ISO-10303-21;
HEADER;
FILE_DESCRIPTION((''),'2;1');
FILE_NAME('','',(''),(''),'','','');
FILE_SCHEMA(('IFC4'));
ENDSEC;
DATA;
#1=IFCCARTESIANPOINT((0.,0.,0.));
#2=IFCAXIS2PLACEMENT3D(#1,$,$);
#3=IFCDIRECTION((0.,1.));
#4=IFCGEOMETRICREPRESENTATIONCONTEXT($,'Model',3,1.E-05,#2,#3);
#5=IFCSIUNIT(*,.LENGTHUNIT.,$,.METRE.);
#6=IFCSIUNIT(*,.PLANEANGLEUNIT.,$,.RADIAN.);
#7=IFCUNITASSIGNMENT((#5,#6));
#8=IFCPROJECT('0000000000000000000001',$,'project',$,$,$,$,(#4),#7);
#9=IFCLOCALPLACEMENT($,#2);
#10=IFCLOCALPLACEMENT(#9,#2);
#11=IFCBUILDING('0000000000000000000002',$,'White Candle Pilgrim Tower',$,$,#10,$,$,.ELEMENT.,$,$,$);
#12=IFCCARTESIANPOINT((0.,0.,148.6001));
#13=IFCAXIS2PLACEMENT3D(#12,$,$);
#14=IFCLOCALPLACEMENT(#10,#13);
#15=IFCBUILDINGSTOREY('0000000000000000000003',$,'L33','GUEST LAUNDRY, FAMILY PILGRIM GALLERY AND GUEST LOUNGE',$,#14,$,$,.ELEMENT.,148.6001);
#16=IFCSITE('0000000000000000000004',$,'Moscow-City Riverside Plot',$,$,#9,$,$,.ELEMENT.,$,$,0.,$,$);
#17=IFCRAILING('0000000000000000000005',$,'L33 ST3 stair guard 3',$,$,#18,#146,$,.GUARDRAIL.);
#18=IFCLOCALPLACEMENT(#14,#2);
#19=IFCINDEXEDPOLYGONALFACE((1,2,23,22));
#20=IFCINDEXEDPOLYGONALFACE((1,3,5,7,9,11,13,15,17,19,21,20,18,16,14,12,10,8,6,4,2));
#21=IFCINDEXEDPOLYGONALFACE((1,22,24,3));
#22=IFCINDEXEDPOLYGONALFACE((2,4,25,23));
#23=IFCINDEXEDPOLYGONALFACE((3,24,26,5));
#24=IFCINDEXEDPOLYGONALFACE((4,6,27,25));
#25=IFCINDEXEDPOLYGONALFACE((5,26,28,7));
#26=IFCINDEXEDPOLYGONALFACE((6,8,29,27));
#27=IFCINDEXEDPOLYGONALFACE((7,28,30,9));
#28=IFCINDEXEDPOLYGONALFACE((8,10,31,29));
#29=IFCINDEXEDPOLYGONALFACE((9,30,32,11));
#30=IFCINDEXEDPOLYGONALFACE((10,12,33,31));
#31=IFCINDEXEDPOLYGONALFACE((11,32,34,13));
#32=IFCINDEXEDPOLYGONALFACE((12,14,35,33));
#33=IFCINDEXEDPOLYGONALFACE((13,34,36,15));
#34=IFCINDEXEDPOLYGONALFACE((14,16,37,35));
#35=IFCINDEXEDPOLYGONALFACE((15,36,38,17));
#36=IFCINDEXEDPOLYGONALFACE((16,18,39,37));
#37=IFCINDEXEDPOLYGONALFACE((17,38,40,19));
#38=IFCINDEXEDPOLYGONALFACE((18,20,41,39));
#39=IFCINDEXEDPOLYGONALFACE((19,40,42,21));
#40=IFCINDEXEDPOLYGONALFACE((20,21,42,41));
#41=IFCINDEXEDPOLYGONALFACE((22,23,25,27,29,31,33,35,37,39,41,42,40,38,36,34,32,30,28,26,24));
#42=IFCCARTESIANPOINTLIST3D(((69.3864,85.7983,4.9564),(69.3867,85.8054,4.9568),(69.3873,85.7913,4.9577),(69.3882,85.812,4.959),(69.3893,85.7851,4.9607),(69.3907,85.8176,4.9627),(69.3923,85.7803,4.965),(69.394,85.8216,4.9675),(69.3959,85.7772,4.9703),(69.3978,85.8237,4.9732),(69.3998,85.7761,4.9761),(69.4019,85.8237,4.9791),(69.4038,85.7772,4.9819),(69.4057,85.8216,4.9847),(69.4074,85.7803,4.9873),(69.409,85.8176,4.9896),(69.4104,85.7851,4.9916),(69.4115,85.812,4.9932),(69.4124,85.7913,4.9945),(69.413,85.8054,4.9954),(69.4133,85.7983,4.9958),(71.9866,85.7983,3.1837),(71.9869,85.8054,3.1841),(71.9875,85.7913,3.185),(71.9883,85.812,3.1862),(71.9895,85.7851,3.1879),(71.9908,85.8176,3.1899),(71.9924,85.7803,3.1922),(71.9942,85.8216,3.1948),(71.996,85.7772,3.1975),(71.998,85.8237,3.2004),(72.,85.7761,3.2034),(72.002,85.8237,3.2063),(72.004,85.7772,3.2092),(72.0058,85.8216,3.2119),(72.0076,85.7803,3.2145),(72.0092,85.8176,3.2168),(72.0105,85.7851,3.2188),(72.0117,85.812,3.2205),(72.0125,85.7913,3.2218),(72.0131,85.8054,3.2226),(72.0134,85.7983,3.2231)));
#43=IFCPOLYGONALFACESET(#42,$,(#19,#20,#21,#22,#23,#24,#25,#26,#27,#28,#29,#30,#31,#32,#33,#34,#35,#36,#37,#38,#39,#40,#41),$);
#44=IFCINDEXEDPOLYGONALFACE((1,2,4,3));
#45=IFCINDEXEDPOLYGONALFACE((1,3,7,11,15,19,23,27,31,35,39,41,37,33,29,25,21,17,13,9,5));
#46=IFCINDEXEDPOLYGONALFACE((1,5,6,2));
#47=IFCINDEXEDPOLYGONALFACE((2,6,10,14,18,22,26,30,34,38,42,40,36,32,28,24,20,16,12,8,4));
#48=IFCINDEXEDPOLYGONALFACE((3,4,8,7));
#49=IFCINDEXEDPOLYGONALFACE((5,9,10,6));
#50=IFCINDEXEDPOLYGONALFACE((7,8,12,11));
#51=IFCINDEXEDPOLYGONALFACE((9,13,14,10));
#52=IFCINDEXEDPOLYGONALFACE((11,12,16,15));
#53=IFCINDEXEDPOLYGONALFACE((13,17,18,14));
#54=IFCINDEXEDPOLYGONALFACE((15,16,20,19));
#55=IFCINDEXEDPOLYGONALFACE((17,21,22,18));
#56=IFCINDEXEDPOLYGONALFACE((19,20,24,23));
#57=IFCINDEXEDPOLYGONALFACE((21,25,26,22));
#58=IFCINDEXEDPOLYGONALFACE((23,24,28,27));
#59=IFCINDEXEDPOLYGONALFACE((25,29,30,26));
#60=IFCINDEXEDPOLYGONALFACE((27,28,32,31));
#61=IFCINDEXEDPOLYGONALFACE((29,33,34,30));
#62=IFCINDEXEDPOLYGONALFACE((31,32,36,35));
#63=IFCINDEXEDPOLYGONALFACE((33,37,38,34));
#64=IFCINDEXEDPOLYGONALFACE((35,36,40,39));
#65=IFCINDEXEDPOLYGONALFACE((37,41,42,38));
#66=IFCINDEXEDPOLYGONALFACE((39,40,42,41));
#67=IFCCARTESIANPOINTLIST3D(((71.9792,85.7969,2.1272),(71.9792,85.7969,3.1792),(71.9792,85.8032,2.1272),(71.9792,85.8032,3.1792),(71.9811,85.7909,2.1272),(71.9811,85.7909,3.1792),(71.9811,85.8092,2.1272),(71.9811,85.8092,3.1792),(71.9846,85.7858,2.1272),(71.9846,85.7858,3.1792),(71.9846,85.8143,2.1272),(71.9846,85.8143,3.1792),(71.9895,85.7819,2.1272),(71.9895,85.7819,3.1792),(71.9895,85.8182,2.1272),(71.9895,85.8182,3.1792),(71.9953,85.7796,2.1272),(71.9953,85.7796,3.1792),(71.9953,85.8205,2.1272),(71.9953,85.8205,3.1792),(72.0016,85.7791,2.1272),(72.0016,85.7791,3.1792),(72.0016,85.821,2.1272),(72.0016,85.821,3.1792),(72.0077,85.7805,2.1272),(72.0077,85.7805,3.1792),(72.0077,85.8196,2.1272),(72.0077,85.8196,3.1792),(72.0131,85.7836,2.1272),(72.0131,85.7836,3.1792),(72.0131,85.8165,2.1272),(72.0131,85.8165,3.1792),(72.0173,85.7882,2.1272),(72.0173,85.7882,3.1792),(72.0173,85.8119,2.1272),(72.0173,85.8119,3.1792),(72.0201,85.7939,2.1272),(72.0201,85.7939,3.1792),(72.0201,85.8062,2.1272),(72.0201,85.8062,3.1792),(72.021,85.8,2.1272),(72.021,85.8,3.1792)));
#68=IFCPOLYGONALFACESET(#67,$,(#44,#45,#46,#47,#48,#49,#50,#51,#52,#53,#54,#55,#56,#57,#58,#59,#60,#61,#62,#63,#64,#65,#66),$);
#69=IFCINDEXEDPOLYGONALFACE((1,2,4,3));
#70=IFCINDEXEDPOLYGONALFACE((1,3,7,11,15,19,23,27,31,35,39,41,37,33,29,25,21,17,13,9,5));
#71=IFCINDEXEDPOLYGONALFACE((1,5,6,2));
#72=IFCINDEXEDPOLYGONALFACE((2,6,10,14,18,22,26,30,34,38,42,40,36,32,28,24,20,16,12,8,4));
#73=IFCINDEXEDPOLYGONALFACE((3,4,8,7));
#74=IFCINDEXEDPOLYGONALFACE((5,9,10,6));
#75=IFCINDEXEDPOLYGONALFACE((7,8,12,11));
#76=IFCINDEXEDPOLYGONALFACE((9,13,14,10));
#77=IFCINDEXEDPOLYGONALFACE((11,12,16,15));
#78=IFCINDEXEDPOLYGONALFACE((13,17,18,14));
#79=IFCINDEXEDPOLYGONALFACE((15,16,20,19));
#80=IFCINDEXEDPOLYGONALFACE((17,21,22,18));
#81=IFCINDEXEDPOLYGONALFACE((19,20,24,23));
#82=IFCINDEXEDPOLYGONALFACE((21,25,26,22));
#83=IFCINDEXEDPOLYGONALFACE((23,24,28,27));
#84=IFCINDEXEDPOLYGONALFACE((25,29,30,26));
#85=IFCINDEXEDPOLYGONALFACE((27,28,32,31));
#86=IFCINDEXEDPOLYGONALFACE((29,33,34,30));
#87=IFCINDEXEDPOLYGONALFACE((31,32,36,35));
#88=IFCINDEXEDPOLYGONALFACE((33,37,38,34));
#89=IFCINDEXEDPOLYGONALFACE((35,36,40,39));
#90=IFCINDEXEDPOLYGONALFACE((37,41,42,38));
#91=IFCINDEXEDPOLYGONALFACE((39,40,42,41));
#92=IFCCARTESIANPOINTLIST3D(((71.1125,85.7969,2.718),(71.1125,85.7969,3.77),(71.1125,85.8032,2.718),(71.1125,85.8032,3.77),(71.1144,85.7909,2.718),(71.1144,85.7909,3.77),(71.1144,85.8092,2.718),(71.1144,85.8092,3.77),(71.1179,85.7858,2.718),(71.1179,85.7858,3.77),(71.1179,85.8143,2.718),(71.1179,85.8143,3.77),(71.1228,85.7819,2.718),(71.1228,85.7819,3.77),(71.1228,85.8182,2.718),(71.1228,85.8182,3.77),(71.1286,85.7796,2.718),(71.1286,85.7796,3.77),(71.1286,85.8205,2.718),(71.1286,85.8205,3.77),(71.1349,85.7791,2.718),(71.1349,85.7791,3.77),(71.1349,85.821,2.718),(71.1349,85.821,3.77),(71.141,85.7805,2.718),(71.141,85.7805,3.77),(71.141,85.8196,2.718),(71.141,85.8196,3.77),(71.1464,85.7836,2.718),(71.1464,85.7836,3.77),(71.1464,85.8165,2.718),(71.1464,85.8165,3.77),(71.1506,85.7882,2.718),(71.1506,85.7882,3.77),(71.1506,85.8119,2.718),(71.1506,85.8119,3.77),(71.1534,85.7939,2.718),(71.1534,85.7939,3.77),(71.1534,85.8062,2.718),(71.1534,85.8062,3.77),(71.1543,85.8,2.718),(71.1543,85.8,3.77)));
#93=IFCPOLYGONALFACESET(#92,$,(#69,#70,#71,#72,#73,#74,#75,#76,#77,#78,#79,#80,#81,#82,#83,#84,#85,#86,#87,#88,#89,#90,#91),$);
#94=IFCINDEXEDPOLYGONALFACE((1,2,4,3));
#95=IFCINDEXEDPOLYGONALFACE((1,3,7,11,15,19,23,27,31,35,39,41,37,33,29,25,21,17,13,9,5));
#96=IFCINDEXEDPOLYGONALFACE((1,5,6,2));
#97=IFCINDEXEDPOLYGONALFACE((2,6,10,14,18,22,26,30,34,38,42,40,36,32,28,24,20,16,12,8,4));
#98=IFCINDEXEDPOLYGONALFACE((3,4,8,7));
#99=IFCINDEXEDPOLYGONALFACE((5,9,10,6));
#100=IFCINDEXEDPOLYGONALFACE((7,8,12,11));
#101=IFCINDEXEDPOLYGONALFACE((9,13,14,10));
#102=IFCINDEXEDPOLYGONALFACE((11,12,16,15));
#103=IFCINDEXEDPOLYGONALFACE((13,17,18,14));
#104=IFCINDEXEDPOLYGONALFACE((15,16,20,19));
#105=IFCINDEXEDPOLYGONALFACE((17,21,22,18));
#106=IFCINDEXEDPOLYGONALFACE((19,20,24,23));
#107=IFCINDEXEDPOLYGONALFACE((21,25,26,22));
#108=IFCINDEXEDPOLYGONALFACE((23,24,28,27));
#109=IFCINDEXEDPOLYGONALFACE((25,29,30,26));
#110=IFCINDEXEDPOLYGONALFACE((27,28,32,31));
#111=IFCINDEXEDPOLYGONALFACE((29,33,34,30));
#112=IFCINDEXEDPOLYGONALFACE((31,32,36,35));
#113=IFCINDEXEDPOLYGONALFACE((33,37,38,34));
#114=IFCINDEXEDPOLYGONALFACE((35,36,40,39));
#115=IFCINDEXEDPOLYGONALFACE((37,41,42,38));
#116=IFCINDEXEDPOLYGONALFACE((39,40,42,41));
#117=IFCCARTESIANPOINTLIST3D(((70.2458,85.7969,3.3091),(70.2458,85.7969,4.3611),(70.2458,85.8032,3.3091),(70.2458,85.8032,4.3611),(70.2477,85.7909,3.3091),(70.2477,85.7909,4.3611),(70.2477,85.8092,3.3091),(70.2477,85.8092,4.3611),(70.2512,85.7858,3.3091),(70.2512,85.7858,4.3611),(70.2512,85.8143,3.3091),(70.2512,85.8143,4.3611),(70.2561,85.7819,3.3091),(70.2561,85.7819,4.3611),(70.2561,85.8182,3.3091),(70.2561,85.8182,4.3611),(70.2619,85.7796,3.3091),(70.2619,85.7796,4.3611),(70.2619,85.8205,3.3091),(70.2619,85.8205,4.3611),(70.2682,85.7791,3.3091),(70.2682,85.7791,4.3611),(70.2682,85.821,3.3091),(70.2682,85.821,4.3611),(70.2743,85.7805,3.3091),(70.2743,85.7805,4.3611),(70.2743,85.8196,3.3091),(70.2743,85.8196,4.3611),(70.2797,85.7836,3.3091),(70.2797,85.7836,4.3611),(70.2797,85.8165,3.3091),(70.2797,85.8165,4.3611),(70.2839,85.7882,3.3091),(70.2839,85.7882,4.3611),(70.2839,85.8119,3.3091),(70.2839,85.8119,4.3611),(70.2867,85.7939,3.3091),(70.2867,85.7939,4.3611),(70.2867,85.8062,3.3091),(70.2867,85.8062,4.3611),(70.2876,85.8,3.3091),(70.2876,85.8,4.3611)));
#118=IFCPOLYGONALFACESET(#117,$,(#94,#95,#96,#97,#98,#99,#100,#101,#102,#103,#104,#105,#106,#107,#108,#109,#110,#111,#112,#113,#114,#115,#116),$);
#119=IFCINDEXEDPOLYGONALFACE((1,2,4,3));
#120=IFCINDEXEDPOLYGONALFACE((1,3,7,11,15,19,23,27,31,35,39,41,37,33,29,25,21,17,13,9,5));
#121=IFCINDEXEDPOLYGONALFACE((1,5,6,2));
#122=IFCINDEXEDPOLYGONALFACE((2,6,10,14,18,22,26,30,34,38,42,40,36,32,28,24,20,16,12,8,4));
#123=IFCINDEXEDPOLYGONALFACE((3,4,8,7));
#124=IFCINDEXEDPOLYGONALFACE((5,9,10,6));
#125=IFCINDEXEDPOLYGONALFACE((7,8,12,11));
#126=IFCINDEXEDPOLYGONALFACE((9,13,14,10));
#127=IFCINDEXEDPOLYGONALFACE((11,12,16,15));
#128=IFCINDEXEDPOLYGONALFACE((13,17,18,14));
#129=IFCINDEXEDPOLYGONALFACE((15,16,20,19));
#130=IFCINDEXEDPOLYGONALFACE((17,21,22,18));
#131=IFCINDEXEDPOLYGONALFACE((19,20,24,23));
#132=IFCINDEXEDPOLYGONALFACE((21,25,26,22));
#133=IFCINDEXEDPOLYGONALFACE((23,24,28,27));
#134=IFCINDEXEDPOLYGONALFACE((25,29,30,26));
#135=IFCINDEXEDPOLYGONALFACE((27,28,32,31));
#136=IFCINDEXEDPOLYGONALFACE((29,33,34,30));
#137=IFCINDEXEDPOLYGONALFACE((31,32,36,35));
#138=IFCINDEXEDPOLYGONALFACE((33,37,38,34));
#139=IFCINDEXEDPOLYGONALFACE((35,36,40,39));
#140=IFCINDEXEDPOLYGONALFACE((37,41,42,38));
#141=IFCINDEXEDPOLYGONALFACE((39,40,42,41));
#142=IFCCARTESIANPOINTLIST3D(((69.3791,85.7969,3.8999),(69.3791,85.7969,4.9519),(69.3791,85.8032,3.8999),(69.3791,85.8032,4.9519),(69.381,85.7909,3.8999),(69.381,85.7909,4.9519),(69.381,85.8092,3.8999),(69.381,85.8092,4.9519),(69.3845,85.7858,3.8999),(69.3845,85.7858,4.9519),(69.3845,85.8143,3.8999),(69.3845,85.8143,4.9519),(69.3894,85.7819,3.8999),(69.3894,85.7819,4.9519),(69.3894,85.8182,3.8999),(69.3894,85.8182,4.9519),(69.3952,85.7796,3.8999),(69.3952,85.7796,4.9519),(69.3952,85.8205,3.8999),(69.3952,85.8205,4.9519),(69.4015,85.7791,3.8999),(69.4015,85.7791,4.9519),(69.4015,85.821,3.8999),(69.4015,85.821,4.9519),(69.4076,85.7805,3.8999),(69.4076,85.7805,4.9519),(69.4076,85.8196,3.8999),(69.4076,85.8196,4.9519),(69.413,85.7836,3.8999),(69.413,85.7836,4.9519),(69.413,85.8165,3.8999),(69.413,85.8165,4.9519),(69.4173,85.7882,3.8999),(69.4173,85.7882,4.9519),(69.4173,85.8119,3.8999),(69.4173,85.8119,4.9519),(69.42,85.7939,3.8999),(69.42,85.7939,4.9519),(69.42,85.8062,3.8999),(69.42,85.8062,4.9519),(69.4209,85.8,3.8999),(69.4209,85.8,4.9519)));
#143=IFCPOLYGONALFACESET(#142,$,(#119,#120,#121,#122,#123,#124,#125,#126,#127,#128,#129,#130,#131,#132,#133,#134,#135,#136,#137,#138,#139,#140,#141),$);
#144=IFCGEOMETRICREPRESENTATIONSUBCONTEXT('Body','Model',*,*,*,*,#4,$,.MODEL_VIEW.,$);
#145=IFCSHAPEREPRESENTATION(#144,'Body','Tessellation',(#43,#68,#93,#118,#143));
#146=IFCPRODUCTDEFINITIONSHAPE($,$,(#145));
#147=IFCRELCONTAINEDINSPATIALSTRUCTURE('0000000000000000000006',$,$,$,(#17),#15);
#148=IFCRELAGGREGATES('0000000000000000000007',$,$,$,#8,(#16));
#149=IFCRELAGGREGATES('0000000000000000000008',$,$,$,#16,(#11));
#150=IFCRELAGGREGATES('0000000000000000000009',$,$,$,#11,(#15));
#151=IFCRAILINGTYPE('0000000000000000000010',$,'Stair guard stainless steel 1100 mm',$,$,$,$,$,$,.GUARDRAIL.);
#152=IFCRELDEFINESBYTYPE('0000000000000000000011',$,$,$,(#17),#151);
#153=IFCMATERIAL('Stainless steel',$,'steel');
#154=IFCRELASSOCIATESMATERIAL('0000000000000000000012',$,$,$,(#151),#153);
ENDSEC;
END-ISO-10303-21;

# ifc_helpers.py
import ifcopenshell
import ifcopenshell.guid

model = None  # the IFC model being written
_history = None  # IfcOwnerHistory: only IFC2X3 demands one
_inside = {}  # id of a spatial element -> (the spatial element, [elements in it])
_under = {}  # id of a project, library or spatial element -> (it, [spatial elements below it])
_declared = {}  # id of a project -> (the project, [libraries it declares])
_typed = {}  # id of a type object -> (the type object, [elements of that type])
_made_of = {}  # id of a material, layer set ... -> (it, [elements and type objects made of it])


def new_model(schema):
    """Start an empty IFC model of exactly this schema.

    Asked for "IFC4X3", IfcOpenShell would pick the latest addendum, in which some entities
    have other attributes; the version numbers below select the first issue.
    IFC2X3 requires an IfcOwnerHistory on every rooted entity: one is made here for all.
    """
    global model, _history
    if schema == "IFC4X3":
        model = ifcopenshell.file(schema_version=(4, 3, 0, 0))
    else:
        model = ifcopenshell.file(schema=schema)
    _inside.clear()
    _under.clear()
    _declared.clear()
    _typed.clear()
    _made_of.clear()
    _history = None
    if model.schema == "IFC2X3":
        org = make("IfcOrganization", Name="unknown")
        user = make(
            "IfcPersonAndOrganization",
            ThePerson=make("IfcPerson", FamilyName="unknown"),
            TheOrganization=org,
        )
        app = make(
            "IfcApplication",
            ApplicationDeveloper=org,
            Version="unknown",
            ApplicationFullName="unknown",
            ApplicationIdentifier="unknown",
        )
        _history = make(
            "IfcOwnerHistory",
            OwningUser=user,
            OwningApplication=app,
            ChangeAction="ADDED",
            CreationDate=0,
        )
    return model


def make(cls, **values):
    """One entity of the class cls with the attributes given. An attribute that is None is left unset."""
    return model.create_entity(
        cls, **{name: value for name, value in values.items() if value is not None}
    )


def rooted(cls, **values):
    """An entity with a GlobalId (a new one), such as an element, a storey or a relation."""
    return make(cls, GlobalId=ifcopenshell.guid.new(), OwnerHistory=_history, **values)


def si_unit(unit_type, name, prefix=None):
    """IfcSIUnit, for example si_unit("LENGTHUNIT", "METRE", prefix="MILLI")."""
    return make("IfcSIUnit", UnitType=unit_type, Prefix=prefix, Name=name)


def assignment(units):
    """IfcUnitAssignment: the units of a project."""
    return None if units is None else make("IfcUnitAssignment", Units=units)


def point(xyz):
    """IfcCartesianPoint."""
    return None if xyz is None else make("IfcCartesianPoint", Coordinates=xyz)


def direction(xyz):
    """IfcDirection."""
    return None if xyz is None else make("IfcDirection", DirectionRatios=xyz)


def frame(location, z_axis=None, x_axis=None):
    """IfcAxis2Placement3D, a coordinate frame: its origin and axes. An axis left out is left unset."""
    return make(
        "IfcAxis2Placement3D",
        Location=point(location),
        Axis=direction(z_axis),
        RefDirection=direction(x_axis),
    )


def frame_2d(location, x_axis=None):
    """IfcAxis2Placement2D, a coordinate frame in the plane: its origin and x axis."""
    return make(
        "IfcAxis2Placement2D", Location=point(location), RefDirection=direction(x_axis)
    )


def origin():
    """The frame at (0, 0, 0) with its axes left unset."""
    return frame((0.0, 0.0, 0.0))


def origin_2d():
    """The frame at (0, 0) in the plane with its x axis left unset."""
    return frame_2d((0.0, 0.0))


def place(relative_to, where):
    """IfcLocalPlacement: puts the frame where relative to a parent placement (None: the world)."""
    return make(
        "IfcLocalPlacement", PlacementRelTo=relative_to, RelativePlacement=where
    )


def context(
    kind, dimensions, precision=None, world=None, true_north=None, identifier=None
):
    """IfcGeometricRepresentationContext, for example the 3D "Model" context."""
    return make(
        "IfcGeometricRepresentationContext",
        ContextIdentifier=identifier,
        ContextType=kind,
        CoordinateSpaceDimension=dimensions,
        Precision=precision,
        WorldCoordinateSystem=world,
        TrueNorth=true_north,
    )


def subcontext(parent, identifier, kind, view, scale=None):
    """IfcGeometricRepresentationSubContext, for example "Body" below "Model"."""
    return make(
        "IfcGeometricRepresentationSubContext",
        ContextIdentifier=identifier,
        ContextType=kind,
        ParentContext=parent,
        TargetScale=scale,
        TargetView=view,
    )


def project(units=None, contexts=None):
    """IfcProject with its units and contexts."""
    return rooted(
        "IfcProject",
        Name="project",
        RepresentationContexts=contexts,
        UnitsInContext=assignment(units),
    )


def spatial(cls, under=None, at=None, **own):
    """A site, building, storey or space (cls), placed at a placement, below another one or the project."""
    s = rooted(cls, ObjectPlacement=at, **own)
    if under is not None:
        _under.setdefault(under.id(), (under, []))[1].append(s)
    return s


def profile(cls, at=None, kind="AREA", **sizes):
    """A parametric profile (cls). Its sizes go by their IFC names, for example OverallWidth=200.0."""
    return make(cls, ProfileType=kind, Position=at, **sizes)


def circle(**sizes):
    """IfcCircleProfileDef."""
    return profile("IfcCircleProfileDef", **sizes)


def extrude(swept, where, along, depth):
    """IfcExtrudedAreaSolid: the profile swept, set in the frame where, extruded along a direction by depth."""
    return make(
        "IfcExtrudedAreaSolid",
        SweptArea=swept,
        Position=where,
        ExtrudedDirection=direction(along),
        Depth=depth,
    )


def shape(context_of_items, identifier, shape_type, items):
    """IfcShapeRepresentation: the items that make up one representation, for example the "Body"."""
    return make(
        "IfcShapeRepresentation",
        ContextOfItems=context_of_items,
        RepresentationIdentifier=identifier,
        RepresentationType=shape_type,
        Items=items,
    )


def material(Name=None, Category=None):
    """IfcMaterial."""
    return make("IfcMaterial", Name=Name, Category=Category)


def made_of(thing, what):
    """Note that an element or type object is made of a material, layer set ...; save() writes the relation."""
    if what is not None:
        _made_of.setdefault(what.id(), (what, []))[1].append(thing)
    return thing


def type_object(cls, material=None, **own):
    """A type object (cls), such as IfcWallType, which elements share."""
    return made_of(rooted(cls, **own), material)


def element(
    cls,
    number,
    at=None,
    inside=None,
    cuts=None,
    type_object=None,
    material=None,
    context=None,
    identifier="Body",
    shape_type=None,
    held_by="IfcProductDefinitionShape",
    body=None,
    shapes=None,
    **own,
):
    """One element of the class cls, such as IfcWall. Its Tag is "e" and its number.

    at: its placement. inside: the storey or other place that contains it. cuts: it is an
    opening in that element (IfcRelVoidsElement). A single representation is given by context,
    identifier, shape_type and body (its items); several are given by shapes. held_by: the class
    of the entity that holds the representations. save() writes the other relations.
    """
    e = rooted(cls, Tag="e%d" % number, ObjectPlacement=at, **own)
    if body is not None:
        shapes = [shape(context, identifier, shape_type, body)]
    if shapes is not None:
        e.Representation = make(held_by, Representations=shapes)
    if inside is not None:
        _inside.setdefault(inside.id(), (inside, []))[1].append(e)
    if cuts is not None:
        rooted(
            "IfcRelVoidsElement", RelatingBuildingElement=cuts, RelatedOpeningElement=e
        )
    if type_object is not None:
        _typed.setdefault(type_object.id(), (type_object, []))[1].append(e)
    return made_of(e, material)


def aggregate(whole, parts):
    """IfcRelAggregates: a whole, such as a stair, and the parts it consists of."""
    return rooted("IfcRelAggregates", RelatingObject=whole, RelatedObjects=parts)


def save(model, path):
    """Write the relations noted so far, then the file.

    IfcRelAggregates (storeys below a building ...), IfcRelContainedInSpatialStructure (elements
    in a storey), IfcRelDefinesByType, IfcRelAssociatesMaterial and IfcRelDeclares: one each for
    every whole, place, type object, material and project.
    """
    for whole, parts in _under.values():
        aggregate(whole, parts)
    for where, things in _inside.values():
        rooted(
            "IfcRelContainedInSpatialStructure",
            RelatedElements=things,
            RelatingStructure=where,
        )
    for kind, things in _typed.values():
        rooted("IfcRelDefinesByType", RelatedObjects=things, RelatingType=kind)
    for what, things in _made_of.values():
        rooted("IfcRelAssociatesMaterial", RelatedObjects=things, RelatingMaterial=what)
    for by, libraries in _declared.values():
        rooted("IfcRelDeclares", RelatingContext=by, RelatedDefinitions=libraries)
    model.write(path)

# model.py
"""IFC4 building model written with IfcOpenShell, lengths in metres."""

from ifc_helpers import new_model, si_unit, direction, frame, origin, origin_2d, place, context, subcontext, project, spatial, circle, extrude, material, type_object, element, save


model = new_model("IFC4")

# Units and contexts
model_context = context("Model", 3, precision=1e-05, world=origin(), true_north=direction((0.0, 1.0)))
body_context = subcontext(model_context, "Body", "Model", "MODEL_VIEW")
ifc_project = project(units=[si_unit("LENGTHUNIT", "METRE"), si_unit("PLANEANGLEUNIT", "RADIAN")], contexts=[model_context])

# Site, building, storey
site_placement = place(None, origin())
site = spatial("IfcSite", under=ifc_project, at=site_placement, Name="Moscow-City Riverside Plot", CompositionType="ELEMENT", RefElevation=0.0)
building_placement = place(site_placement, origin())
building = spatial("IfcBuilding", under=site, at=building_placement, Name="White Candle Pilgrim Tower", CompositionType="ELEMENT")
storey_placement = place(building_placement, frame((0.0, 0.0, 148.6001)))
storey = spatial("IfcBuildingStorey", under=building, at=storey_placement, Name="L33", Description="GUEST LAUNDRY, FAMILY PILGRIM GALLERY AND GUEST LOUNGE", CompositionType="ELEMENT", Elevation=148.6001)

# Railing
ifc_material_1 = material(Name="Stainless steel", Category="steel")
railing_type_1 = type_object("IfcRailingType", Name="Stair guard stainless steel 1100 mm", PredefinedType="GUARDRAIL", material=ifc_material_1)
railing_1_placement = place(storey_placement, frame((72.0, 85.8, 2.1272)))
element("IfcRailing", 1, at=railing_1_placement, inside=storey, type_object=railing_type_1, Name="L33 ST3 stair guard 3", PredefinedType="GUARDRAIL", context=body_context, shape_type="SweptSolid", body=[
    extrude(circle(Radius=0.0239, at=origin_2d()), frame((0.0, 0.0, 1.0762), z_axis=(-0.82624, 0.0, 0.563318), x_axis=(0.0, -1.0, 0.0)), (0.0, 0.0, 1.0), 3.147),
    extrude(circle(Radius=0.021, at=origin_2d()), origin(), (0.0, 0.0, 1.0), 1.052),
    extrude(circle(Radius=0.021, at=origin_2d()), frame((-0.8667, 0.0, 0.5908)), (0.0, 0.0, 1.0), 1.052),
    extrude(circle(Radius=0.021, at=origin_2d()), frame((-1.7334, 0.0, 1.1819)), (0.0, 0.0, 1.0), 1.052),
    extrude(circle(Radius=0.021, at=origin_2d()), frame((-2.6001, 0.0, 1.7727)), (0.0, 0.0, 1.0), 1.052),
])

save(model, "model.ifc")
